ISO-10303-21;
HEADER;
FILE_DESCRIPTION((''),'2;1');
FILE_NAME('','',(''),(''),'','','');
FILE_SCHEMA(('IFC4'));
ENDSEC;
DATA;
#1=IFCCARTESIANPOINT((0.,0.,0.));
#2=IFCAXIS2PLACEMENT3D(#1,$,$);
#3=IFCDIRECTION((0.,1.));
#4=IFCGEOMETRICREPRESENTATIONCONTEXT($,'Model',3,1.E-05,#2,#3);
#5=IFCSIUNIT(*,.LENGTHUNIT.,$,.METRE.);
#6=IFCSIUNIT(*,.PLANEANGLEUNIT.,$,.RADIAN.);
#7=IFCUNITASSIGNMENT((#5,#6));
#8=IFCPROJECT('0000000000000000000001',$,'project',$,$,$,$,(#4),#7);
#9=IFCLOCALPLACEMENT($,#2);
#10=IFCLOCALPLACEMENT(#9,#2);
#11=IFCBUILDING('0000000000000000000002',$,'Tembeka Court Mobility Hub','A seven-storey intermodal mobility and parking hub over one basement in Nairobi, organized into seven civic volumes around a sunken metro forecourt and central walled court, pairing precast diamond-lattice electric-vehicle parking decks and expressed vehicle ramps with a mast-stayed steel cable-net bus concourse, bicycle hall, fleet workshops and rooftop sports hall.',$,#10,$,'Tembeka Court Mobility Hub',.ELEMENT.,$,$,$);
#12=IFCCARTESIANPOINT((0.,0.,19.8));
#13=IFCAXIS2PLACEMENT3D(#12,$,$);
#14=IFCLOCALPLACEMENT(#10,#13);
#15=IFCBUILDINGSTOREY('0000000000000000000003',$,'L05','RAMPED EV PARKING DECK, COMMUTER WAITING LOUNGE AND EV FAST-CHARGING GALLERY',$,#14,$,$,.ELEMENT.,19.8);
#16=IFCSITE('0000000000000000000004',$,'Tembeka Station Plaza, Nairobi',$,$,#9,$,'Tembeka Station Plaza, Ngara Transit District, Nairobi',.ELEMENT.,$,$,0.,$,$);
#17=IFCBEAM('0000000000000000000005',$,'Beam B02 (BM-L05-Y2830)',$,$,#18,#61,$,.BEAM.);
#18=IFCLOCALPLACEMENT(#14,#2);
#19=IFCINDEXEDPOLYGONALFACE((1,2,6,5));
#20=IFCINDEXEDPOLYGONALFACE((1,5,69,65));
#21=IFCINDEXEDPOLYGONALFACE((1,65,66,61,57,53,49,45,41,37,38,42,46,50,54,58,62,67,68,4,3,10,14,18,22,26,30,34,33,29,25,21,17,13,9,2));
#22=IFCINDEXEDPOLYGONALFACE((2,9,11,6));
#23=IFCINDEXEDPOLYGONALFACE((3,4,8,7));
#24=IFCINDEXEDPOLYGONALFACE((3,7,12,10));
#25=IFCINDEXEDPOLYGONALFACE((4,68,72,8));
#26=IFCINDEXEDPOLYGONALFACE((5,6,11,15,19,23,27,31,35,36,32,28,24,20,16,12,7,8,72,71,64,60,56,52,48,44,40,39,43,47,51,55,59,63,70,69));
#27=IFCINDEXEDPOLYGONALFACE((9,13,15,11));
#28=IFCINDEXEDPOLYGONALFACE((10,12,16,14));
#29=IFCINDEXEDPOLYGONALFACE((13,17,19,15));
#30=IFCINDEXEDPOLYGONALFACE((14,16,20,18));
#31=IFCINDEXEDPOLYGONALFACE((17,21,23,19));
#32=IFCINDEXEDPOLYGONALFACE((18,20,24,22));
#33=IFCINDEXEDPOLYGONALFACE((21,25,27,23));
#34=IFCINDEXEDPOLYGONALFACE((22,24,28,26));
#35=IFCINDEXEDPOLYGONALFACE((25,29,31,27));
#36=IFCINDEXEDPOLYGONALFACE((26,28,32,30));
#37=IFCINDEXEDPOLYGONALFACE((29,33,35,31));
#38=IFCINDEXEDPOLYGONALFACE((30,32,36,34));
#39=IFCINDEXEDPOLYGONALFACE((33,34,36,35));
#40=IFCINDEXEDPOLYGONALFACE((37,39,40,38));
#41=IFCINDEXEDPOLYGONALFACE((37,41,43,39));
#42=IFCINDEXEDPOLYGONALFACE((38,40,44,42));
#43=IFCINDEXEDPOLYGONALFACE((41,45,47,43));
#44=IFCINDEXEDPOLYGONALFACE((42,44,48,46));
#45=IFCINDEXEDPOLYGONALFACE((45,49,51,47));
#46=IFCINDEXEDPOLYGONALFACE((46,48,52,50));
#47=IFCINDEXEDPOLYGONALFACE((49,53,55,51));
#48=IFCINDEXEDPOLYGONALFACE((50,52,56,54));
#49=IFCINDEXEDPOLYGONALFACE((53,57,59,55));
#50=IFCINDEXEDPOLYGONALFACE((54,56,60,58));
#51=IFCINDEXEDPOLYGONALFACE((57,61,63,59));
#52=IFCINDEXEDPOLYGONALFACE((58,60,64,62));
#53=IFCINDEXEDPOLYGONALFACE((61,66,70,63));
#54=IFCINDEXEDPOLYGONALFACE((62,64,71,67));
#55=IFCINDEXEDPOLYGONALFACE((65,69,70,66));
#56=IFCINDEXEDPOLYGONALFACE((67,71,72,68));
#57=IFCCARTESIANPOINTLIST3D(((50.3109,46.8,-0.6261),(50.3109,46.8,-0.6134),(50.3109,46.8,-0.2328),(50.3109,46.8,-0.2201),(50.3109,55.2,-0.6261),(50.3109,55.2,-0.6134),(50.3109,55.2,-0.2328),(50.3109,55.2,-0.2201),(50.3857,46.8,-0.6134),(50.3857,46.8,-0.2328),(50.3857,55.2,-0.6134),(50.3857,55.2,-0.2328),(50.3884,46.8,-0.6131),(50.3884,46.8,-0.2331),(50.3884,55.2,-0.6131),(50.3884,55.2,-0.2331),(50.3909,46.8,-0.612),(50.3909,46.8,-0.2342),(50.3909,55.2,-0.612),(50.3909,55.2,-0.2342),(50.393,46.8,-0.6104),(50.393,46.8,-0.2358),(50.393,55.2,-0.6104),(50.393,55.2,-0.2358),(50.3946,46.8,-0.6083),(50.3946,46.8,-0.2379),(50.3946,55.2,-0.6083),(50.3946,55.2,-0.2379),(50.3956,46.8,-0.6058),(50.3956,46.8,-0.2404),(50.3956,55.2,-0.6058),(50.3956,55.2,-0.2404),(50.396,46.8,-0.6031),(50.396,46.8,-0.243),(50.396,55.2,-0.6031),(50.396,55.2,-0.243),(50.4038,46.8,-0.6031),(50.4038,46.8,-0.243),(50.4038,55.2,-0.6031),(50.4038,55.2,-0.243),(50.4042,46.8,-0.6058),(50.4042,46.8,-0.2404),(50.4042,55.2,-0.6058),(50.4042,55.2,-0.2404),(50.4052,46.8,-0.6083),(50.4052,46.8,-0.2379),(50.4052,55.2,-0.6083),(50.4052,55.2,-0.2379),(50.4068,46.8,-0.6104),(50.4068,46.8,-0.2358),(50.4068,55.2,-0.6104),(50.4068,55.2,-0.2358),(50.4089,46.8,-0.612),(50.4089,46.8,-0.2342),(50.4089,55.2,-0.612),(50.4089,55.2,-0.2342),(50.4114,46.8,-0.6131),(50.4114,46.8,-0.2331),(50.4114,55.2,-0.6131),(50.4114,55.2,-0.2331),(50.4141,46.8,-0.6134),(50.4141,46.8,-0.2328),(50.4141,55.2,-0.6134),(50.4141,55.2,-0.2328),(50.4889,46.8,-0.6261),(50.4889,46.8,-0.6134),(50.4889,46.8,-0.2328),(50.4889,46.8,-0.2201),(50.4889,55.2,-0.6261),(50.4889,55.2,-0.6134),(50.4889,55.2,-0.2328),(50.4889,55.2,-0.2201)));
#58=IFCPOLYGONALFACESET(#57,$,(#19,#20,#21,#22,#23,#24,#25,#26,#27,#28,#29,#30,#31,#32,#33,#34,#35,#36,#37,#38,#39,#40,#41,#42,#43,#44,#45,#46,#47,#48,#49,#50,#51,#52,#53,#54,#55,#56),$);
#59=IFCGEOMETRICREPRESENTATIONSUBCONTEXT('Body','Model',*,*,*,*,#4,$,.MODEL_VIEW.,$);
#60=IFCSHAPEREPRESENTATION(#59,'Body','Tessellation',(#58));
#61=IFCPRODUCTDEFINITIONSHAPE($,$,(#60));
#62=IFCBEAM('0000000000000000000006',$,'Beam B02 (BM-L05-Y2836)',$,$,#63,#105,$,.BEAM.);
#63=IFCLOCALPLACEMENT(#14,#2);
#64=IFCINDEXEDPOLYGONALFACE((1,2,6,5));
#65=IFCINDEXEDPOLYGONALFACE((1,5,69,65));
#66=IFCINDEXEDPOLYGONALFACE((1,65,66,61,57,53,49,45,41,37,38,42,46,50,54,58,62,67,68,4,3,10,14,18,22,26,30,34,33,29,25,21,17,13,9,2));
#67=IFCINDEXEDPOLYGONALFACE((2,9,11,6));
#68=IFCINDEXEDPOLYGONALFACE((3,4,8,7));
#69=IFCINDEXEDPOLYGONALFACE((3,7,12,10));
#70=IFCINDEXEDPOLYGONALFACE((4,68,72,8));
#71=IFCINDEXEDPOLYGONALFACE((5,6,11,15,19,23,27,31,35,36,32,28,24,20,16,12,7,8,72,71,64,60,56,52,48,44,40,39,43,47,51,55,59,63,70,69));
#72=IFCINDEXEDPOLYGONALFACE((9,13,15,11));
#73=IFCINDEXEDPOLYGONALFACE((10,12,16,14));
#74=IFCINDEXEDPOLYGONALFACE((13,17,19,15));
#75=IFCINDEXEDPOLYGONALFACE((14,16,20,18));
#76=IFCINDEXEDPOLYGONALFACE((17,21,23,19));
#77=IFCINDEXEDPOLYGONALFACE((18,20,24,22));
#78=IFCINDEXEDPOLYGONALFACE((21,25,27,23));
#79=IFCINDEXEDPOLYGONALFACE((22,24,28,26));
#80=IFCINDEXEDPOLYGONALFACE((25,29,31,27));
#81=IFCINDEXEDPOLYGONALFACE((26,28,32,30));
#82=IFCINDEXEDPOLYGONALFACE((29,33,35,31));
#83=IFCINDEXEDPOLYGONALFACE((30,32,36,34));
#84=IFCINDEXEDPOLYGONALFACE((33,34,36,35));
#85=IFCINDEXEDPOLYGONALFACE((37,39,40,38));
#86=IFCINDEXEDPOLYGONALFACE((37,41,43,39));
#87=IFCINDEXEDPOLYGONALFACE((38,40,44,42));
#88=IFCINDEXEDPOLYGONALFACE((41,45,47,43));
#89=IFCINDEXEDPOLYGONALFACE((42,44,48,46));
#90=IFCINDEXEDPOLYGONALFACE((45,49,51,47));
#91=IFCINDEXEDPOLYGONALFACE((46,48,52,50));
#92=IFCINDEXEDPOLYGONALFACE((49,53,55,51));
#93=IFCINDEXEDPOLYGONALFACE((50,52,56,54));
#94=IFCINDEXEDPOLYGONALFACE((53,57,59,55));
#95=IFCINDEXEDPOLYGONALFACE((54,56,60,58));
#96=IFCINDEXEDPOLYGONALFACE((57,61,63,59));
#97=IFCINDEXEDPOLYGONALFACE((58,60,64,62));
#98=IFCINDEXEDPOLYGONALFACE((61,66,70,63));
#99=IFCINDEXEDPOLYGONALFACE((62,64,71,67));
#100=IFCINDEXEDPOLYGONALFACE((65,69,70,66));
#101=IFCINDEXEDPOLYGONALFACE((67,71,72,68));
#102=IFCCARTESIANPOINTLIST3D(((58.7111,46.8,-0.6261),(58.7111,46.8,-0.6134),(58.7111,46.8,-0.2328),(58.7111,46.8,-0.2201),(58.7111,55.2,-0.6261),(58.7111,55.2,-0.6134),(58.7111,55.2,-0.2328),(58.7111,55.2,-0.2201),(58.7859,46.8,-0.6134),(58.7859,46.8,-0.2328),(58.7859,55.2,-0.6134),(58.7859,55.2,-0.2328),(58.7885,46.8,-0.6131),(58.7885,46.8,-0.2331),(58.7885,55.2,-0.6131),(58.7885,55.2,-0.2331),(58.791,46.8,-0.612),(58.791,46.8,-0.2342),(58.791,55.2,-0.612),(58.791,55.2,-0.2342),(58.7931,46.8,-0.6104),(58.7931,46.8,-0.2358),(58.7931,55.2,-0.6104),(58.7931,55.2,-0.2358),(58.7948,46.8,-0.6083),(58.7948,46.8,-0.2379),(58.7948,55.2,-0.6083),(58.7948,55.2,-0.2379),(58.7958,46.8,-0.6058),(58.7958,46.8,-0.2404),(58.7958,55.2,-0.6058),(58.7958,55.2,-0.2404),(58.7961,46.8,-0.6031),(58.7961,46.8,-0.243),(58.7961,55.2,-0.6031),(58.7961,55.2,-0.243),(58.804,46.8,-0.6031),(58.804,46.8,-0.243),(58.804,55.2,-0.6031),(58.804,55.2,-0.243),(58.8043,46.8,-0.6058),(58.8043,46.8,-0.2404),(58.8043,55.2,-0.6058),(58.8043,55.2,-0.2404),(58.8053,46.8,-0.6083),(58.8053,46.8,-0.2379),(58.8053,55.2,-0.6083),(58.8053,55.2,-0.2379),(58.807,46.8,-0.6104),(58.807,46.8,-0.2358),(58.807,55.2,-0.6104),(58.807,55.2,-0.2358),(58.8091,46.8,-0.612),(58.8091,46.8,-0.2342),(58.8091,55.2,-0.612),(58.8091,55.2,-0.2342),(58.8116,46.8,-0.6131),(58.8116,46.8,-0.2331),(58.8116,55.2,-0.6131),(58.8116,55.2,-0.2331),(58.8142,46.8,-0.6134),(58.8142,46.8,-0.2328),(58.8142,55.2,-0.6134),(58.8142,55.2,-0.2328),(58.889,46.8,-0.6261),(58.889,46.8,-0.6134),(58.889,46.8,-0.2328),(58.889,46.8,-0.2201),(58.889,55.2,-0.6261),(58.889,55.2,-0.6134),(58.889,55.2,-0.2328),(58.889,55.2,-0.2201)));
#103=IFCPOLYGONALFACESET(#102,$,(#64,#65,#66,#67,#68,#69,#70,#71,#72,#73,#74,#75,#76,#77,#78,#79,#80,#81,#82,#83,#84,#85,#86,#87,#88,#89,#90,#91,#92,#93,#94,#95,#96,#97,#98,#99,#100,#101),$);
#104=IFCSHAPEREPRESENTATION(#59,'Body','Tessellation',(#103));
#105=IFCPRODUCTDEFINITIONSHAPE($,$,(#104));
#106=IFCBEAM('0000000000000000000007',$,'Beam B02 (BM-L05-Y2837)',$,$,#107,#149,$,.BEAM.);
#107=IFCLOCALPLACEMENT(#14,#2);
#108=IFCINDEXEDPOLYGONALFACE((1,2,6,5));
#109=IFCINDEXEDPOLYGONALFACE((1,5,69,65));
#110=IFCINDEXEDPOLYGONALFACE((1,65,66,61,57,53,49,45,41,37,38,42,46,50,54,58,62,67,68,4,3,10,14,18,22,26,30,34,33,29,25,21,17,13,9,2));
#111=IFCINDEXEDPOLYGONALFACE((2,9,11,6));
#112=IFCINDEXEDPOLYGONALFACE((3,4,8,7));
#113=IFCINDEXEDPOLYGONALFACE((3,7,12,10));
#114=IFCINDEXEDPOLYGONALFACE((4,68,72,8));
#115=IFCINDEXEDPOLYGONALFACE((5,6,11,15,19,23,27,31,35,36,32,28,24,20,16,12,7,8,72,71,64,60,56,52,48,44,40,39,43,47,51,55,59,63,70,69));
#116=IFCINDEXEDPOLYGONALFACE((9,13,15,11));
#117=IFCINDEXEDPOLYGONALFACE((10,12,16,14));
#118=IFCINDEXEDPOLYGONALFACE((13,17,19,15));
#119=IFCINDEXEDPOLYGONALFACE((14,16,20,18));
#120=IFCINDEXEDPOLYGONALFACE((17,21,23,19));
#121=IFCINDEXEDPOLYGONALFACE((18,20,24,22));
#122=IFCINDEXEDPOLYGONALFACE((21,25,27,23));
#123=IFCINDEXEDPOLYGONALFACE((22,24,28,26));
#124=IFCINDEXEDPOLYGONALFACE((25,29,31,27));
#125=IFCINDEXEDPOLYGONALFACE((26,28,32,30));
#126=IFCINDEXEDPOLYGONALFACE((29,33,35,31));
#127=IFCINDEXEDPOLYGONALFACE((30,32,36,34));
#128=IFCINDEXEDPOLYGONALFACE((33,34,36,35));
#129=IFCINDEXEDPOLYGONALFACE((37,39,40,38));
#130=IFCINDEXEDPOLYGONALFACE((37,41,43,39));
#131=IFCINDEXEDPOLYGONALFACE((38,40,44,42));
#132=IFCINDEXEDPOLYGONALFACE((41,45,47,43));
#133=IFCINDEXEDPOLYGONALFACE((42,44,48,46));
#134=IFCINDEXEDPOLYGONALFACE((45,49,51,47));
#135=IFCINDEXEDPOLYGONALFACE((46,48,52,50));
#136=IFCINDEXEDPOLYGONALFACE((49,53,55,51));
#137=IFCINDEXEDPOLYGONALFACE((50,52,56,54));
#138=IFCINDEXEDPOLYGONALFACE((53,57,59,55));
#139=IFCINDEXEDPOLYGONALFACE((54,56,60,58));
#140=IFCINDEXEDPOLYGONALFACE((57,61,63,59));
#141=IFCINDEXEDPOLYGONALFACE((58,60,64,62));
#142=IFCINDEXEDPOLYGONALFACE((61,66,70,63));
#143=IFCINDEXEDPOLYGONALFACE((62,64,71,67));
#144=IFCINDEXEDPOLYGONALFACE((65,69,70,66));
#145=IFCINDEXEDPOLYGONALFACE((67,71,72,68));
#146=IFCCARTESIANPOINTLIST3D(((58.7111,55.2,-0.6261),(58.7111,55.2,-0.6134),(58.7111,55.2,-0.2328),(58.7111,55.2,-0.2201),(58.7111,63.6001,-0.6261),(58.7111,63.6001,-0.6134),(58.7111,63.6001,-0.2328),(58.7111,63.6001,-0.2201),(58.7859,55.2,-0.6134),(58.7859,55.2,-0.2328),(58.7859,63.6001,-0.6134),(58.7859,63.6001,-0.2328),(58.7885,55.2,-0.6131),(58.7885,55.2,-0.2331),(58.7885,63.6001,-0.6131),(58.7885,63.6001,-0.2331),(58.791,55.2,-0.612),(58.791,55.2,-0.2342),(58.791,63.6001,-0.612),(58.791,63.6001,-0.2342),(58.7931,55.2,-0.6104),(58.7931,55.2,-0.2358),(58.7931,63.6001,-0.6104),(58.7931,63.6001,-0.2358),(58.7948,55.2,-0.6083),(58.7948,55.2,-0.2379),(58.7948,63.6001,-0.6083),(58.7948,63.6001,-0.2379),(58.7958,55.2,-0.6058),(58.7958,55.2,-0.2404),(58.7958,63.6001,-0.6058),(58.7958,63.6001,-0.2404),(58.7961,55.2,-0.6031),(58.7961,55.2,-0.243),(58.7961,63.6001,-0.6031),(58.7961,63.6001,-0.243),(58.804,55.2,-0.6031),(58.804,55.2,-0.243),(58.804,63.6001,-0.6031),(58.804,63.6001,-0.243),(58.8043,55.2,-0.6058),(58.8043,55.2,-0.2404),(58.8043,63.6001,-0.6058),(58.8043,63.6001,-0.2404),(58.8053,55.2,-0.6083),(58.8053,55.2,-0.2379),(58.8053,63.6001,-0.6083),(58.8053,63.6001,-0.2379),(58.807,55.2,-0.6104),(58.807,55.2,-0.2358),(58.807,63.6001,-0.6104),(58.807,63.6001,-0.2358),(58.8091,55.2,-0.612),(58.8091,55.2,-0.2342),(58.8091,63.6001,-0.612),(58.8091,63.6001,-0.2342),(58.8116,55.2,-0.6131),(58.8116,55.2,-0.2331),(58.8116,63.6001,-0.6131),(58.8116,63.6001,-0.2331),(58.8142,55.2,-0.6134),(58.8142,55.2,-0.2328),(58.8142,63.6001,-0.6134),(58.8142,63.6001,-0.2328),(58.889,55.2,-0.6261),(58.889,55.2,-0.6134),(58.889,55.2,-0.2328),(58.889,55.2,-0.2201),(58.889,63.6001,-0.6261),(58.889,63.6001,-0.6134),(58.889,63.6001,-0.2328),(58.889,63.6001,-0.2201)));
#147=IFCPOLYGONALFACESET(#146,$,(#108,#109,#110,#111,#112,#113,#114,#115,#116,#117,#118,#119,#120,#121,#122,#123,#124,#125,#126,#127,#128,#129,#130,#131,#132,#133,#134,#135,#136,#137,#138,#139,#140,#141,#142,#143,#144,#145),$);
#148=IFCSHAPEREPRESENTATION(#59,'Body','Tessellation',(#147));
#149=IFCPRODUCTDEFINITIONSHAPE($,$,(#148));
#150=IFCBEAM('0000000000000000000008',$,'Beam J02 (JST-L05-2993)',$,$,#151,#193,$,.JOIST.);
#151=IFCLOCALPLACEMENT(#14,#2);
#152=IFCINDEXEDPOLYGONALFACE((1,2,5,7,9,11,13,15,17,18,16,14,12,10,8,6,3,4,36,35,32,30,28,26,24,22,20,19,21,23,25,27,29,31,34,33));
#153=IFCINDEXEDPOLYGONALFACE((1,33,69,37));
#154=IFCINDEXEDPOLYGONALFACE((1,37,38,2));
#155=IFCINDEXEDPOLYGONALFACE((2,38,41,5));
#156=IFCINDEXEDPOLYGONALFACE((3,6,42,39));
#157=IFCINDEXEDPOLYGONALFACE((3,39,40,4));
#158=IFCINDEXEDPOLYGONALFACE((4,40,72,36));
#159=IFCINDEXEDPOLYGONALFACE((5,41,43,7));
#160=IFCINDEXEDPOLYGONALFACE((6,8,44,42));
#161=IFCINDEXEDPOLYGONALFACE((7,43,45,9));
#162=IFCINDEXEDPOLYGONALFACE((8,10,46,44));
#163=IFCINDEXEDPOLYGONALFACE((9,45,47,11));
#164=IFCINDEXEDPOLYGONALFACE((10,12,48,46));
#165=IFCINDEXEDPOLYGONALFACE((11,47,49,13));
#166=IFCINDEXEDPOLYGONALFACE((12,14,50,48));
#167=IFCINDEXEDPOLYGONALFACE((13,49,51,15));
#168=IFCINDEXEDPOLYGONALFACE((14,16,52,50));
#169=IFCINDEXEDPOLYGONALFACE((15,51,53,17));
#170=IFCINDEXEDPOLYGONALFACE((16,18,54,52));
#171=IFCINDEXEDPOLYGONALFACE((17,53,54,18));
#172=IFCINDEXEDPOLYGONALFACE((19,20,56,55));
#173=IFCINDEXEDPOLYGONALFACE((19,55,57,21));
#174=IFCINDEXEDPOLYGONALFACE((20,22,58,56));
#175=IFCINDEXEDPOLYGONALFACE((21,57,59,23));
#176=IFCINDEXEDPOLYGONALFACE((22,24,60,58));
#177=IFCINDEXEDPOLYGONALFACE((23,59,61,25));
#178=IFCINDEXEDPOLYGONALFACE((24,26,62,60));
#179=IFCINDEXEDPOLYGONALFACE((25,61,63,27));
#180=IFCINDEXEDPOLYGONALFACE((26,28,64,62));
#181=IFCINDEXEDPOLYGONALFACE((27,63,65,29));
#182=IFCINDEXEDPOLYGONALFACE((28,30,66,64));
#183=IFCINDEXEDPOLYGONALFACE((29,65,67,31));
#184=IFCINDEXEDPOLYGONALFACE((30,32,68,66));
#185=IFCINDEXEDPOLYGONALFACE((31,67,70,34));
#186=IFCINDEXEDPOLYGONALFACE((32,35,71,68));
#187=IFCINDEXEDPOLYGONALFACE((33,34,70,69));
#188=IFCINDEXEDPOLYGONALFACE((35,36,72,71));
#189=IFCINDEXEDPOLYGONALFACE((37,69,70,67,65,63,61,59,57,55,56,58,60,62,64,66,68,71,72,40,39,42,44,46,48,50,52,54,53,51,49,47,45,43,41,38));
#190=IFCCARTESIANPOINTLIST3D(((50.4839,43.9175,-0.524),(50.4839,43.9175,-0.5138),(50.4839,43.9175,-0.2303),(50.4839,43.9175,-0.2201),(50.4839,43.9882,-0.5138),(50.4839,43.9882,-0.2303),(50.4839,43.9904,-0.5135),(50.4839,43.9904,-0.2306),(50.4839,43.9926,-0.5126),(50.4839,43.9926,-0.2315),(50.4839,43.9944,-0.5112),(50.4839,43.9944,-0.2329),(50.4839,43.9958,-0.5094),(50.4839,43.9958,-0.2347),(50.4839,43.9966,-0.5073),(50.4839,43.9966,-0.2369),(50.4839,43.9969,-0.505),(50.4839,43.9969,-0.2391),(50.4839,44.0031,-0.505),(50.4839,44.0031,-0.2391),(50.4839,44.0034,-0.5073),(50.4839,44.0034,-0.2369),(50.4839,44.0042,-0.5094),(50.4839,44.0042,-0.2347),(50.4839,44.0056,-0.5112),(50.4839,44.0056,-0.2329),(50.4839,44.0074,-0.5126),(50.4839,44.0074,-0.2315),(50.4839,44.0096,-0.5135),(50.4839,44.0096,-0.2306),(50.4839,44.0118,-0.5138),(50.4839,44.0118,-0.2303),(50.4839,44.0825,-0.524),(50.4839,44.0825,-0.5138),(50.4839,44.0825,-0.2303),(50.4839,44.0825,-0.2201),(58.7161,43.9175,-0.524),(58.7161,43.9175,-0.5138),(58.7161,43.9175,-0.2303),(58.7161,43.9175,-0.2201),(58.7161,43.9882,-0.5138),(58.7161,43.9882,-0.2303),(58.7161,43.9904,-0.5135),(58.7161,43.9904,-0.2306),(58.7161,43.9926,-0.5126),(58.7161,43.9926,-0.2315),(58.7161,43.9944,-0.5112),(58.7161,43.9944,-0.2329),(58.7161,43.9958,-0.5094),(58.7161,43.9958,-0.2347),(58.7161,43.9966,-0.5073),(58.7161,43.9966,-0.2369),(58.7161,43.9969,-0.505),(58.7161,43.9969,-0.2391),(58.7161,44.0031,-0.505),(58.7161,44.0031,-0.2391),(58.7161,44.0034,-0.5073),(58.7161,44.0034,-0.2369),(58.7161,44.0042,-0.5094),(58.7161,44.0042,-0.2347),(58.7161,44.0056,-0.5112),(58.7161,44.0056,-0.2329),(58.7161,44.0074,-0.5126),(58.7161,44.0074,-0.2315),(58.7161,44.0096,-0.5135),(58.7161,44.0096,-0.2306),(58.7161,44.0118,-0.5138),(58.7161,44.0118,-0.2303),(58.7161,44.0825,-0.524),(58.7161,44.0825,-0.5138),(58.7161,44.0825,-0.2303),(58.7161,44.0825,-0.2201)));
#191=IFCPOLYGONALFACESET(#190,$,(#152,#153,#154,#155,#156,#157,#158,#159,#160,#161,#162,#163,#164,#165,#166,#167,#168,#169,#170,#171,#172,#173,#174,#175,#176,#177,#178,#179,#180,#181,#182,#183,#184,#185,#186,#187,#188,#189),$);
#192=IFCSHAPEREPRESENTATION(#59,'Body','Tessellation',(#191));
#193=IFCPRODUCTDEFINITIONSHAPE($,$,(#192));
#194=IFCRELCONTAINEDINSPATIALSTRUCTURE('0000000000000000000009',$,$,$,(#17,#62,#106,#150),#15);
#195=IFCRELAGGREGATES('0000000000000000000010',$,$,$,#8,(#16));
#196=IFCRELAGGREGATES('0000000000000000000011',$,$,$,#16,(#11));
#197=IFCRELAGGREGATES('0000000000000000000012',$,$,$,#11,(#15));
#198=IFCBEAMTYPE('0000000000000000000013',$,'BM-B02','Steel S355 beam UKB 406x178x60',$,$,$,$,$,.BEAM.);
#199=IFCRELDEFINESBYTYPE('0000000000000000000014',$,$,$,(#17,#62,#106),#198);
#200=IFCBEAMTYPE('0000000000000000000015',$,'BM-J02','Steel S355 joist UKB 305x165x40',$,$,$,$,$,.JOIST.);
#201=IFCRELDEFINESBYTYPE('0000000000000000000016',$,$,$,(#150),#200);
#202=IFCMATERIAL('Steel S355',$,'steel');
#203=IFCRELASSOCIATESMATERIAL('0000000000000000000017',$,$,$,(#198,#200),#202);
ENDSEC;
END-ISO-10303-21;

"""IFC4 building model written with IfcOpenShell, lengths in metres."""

from ifc_helpers import new_model, si_unit, direction, frame, origin, origin_2d, place, context, subcontext, project, spatial, i_section, extrude, material, material_profile, profile_set, type_object, element, save


model = new_model("IFC4")

# Units and contexts
model_context = context("Model", 3, precision=1e-05, world=origin(), true_north=direction((0.0, 1.0)))
body_context = subcontext(model_context, "Body", "Model", "MODEL_VIEW")
ifc_project = project(units=[si_unit("LENGTHUNIT", "METRE"), si_unit("PLANEANGLEUNIT", "RADIAN")], contexts=[model_context])

# Site, building, storey
site_placement = place(None, origin())
site = spatial("IfcSite", under=ifc_project, at=site_placement, Name="Tembeka Station Plaza, Nairobi", LongName="Tembeka Station Plaza, Ngara Transit District, Nairobi", CompositionType="ELEMENT", RefElevation=0.0)
building_placement = place(site_placement, origin())
building = spatial("IfcBuilding", under=site, at=building_placement, Name="Tembeka Court Mobility Hub", Description="A seven-storey intermodal mobility and parking hub over one basement in Nairobi, organized into seven civic volumes around a sunken metro forecourt and central walled court, pairing precast diamond-lattice electric-vehicle parking decks and expressed vehicle ramps with a mast-stayed steel cable-net bus concourse, bicycle hall, fleet workshops and rooftop sports hall.", LongName="Tembeka Court Mobility Hub", CompositionType="ELEMENT")
storey_placement = place(building_placement, frame((0.0, 0.0, 19.8)))
storey = spatial("IfcBuildingStorey", under=building, at=storey_placement, Name="L05", Description="RAMPED EV PARKING DECK, COMMUTER WAITING LOUNGE AND EV FAST-CHARGING GALLERY", CompositionType="ELEMENT", Elevation=19.8)

# Shared definitions
ifc_material_1 = material(Name="Steel S355", Category="steel")

# Beams
ifc_material_profile_1 = material_profile(ifc_material_1, i_section(OverallWidth=0.178, OverallDepth=0.406, WebThickness=0.0078, FlangeThickness=0.0127, FilletRadius=0.0103, at=origin_2d()), Name="UKB 406x178x60")
ifc_profile_set_1 = profile_set([ifc_material_profile_1], Name="Steel S355")
beam_type_1 = type_object("IfcBeamType", Name="BM-B02", Description="Steel S355 beam UKB 406x178x60", PredefinedType="BEAM", material=ifc_profile_set_1)
for number, where, z_axis, x_axis, name in (
    (1, (50.3999, 46.8, -0.4231), (0.0, 1.0, 0.0), (-1.0, 0.0, 0.0), "Beam B02 (BM-L05-Y2830)"),
    (2, (58.8, 46.8, -0.4231), (0.0, 1.0, 0.0), (-1.0, 0.0, 0.0), "Beam B02 (BM-L05-Y2836)"),
):
    element("IfcBeam", number, at=place(storey_placement, frame(where, z_axis=z_axis, x_axis=x_axis)), inside=storey, type_object=beam_type_1, Name=name, PredefinedType="BEAM", context=body_context, shape_type="SweptSolid", body=[
        extrude(i_section(OverallWidth=0.178, OverallDepth=0.406, WebThickness=0.0078, FlangeThickness=0.0127, FilletRadius=0.0103, at=origin_2d()), origin(), (0.0, 0.0, 1.0), 8.3999),
    ])
beam_1_placement = place(storey_placement, frame((58.8, 55.2, -0.4231), z_axis=(0.0, 1.0, 0.0), x_axis=(-1.0, 0.0, 0.0)))
element("IfcBeam", 3, at=beam_1_placement, inside=storey, type_object=beam_type_1, Name="Beam B02 (BM-L05-Y2837)", PredefinedType="BEAM", context=body_context, shape_type="SweptSolid", body=[
    extrude(i_section(OverallWidth=0.178, OverallDepth=0.406, WebThickness=0.0078, FlangeThickness=0.0127, FilletRadius=0.0103, at=origin_2d()), origin(), (0.0, 0.0, 1.0), 8.4001),
])
ifc_material_profile_2 = material_profile(ifc_material_1, i_section(OverallWidth=0.165, OverallDepth=0.304, WebThickness=0.0061, FlangeThickness=0.0103, FilletRadius=0.0088, at=origin_2d()), Name="UKB 305x165x40")
ifc_profile_set_2 = profile_set([ifc_material_profile_2], Name="Steel S355")
beam_type_2 = type_object("IfcBeamType", Name="BM-J02", Description="Steel S355 joist UKB 305x165x40", PredefinedType="JOIST", material=ifc_profile_set_2)
for number, where, z_axis, x_axis, name in (
    (4, (50.4839, 44.0, -0.3721), (1.0, 0.0, 0.0), (0.0, 1.0, 0.0), "Beam J02 (JST-L05-2993)"),
):
    element("IfcBeam", number, at=place(storey_placement, frame(where, z_axis=z_axis, x_axis=x_axis)), inside=storey, type_object=beam_type_2, Name=name, PredefinedType="JOIST", context=body_context, shape_type="SweptSolid", body=[
        extrude(i_section(OverallWidth=0.165, OverallDepth=0.304, WebThickness=0.0061, FlangeThickness=0.0103, FilletRadius=0.0088, at=origin_2d()), origin(), (0.0, 0.0, 1.0), 8.2322),
    ])

save(model, "model.ifc")
